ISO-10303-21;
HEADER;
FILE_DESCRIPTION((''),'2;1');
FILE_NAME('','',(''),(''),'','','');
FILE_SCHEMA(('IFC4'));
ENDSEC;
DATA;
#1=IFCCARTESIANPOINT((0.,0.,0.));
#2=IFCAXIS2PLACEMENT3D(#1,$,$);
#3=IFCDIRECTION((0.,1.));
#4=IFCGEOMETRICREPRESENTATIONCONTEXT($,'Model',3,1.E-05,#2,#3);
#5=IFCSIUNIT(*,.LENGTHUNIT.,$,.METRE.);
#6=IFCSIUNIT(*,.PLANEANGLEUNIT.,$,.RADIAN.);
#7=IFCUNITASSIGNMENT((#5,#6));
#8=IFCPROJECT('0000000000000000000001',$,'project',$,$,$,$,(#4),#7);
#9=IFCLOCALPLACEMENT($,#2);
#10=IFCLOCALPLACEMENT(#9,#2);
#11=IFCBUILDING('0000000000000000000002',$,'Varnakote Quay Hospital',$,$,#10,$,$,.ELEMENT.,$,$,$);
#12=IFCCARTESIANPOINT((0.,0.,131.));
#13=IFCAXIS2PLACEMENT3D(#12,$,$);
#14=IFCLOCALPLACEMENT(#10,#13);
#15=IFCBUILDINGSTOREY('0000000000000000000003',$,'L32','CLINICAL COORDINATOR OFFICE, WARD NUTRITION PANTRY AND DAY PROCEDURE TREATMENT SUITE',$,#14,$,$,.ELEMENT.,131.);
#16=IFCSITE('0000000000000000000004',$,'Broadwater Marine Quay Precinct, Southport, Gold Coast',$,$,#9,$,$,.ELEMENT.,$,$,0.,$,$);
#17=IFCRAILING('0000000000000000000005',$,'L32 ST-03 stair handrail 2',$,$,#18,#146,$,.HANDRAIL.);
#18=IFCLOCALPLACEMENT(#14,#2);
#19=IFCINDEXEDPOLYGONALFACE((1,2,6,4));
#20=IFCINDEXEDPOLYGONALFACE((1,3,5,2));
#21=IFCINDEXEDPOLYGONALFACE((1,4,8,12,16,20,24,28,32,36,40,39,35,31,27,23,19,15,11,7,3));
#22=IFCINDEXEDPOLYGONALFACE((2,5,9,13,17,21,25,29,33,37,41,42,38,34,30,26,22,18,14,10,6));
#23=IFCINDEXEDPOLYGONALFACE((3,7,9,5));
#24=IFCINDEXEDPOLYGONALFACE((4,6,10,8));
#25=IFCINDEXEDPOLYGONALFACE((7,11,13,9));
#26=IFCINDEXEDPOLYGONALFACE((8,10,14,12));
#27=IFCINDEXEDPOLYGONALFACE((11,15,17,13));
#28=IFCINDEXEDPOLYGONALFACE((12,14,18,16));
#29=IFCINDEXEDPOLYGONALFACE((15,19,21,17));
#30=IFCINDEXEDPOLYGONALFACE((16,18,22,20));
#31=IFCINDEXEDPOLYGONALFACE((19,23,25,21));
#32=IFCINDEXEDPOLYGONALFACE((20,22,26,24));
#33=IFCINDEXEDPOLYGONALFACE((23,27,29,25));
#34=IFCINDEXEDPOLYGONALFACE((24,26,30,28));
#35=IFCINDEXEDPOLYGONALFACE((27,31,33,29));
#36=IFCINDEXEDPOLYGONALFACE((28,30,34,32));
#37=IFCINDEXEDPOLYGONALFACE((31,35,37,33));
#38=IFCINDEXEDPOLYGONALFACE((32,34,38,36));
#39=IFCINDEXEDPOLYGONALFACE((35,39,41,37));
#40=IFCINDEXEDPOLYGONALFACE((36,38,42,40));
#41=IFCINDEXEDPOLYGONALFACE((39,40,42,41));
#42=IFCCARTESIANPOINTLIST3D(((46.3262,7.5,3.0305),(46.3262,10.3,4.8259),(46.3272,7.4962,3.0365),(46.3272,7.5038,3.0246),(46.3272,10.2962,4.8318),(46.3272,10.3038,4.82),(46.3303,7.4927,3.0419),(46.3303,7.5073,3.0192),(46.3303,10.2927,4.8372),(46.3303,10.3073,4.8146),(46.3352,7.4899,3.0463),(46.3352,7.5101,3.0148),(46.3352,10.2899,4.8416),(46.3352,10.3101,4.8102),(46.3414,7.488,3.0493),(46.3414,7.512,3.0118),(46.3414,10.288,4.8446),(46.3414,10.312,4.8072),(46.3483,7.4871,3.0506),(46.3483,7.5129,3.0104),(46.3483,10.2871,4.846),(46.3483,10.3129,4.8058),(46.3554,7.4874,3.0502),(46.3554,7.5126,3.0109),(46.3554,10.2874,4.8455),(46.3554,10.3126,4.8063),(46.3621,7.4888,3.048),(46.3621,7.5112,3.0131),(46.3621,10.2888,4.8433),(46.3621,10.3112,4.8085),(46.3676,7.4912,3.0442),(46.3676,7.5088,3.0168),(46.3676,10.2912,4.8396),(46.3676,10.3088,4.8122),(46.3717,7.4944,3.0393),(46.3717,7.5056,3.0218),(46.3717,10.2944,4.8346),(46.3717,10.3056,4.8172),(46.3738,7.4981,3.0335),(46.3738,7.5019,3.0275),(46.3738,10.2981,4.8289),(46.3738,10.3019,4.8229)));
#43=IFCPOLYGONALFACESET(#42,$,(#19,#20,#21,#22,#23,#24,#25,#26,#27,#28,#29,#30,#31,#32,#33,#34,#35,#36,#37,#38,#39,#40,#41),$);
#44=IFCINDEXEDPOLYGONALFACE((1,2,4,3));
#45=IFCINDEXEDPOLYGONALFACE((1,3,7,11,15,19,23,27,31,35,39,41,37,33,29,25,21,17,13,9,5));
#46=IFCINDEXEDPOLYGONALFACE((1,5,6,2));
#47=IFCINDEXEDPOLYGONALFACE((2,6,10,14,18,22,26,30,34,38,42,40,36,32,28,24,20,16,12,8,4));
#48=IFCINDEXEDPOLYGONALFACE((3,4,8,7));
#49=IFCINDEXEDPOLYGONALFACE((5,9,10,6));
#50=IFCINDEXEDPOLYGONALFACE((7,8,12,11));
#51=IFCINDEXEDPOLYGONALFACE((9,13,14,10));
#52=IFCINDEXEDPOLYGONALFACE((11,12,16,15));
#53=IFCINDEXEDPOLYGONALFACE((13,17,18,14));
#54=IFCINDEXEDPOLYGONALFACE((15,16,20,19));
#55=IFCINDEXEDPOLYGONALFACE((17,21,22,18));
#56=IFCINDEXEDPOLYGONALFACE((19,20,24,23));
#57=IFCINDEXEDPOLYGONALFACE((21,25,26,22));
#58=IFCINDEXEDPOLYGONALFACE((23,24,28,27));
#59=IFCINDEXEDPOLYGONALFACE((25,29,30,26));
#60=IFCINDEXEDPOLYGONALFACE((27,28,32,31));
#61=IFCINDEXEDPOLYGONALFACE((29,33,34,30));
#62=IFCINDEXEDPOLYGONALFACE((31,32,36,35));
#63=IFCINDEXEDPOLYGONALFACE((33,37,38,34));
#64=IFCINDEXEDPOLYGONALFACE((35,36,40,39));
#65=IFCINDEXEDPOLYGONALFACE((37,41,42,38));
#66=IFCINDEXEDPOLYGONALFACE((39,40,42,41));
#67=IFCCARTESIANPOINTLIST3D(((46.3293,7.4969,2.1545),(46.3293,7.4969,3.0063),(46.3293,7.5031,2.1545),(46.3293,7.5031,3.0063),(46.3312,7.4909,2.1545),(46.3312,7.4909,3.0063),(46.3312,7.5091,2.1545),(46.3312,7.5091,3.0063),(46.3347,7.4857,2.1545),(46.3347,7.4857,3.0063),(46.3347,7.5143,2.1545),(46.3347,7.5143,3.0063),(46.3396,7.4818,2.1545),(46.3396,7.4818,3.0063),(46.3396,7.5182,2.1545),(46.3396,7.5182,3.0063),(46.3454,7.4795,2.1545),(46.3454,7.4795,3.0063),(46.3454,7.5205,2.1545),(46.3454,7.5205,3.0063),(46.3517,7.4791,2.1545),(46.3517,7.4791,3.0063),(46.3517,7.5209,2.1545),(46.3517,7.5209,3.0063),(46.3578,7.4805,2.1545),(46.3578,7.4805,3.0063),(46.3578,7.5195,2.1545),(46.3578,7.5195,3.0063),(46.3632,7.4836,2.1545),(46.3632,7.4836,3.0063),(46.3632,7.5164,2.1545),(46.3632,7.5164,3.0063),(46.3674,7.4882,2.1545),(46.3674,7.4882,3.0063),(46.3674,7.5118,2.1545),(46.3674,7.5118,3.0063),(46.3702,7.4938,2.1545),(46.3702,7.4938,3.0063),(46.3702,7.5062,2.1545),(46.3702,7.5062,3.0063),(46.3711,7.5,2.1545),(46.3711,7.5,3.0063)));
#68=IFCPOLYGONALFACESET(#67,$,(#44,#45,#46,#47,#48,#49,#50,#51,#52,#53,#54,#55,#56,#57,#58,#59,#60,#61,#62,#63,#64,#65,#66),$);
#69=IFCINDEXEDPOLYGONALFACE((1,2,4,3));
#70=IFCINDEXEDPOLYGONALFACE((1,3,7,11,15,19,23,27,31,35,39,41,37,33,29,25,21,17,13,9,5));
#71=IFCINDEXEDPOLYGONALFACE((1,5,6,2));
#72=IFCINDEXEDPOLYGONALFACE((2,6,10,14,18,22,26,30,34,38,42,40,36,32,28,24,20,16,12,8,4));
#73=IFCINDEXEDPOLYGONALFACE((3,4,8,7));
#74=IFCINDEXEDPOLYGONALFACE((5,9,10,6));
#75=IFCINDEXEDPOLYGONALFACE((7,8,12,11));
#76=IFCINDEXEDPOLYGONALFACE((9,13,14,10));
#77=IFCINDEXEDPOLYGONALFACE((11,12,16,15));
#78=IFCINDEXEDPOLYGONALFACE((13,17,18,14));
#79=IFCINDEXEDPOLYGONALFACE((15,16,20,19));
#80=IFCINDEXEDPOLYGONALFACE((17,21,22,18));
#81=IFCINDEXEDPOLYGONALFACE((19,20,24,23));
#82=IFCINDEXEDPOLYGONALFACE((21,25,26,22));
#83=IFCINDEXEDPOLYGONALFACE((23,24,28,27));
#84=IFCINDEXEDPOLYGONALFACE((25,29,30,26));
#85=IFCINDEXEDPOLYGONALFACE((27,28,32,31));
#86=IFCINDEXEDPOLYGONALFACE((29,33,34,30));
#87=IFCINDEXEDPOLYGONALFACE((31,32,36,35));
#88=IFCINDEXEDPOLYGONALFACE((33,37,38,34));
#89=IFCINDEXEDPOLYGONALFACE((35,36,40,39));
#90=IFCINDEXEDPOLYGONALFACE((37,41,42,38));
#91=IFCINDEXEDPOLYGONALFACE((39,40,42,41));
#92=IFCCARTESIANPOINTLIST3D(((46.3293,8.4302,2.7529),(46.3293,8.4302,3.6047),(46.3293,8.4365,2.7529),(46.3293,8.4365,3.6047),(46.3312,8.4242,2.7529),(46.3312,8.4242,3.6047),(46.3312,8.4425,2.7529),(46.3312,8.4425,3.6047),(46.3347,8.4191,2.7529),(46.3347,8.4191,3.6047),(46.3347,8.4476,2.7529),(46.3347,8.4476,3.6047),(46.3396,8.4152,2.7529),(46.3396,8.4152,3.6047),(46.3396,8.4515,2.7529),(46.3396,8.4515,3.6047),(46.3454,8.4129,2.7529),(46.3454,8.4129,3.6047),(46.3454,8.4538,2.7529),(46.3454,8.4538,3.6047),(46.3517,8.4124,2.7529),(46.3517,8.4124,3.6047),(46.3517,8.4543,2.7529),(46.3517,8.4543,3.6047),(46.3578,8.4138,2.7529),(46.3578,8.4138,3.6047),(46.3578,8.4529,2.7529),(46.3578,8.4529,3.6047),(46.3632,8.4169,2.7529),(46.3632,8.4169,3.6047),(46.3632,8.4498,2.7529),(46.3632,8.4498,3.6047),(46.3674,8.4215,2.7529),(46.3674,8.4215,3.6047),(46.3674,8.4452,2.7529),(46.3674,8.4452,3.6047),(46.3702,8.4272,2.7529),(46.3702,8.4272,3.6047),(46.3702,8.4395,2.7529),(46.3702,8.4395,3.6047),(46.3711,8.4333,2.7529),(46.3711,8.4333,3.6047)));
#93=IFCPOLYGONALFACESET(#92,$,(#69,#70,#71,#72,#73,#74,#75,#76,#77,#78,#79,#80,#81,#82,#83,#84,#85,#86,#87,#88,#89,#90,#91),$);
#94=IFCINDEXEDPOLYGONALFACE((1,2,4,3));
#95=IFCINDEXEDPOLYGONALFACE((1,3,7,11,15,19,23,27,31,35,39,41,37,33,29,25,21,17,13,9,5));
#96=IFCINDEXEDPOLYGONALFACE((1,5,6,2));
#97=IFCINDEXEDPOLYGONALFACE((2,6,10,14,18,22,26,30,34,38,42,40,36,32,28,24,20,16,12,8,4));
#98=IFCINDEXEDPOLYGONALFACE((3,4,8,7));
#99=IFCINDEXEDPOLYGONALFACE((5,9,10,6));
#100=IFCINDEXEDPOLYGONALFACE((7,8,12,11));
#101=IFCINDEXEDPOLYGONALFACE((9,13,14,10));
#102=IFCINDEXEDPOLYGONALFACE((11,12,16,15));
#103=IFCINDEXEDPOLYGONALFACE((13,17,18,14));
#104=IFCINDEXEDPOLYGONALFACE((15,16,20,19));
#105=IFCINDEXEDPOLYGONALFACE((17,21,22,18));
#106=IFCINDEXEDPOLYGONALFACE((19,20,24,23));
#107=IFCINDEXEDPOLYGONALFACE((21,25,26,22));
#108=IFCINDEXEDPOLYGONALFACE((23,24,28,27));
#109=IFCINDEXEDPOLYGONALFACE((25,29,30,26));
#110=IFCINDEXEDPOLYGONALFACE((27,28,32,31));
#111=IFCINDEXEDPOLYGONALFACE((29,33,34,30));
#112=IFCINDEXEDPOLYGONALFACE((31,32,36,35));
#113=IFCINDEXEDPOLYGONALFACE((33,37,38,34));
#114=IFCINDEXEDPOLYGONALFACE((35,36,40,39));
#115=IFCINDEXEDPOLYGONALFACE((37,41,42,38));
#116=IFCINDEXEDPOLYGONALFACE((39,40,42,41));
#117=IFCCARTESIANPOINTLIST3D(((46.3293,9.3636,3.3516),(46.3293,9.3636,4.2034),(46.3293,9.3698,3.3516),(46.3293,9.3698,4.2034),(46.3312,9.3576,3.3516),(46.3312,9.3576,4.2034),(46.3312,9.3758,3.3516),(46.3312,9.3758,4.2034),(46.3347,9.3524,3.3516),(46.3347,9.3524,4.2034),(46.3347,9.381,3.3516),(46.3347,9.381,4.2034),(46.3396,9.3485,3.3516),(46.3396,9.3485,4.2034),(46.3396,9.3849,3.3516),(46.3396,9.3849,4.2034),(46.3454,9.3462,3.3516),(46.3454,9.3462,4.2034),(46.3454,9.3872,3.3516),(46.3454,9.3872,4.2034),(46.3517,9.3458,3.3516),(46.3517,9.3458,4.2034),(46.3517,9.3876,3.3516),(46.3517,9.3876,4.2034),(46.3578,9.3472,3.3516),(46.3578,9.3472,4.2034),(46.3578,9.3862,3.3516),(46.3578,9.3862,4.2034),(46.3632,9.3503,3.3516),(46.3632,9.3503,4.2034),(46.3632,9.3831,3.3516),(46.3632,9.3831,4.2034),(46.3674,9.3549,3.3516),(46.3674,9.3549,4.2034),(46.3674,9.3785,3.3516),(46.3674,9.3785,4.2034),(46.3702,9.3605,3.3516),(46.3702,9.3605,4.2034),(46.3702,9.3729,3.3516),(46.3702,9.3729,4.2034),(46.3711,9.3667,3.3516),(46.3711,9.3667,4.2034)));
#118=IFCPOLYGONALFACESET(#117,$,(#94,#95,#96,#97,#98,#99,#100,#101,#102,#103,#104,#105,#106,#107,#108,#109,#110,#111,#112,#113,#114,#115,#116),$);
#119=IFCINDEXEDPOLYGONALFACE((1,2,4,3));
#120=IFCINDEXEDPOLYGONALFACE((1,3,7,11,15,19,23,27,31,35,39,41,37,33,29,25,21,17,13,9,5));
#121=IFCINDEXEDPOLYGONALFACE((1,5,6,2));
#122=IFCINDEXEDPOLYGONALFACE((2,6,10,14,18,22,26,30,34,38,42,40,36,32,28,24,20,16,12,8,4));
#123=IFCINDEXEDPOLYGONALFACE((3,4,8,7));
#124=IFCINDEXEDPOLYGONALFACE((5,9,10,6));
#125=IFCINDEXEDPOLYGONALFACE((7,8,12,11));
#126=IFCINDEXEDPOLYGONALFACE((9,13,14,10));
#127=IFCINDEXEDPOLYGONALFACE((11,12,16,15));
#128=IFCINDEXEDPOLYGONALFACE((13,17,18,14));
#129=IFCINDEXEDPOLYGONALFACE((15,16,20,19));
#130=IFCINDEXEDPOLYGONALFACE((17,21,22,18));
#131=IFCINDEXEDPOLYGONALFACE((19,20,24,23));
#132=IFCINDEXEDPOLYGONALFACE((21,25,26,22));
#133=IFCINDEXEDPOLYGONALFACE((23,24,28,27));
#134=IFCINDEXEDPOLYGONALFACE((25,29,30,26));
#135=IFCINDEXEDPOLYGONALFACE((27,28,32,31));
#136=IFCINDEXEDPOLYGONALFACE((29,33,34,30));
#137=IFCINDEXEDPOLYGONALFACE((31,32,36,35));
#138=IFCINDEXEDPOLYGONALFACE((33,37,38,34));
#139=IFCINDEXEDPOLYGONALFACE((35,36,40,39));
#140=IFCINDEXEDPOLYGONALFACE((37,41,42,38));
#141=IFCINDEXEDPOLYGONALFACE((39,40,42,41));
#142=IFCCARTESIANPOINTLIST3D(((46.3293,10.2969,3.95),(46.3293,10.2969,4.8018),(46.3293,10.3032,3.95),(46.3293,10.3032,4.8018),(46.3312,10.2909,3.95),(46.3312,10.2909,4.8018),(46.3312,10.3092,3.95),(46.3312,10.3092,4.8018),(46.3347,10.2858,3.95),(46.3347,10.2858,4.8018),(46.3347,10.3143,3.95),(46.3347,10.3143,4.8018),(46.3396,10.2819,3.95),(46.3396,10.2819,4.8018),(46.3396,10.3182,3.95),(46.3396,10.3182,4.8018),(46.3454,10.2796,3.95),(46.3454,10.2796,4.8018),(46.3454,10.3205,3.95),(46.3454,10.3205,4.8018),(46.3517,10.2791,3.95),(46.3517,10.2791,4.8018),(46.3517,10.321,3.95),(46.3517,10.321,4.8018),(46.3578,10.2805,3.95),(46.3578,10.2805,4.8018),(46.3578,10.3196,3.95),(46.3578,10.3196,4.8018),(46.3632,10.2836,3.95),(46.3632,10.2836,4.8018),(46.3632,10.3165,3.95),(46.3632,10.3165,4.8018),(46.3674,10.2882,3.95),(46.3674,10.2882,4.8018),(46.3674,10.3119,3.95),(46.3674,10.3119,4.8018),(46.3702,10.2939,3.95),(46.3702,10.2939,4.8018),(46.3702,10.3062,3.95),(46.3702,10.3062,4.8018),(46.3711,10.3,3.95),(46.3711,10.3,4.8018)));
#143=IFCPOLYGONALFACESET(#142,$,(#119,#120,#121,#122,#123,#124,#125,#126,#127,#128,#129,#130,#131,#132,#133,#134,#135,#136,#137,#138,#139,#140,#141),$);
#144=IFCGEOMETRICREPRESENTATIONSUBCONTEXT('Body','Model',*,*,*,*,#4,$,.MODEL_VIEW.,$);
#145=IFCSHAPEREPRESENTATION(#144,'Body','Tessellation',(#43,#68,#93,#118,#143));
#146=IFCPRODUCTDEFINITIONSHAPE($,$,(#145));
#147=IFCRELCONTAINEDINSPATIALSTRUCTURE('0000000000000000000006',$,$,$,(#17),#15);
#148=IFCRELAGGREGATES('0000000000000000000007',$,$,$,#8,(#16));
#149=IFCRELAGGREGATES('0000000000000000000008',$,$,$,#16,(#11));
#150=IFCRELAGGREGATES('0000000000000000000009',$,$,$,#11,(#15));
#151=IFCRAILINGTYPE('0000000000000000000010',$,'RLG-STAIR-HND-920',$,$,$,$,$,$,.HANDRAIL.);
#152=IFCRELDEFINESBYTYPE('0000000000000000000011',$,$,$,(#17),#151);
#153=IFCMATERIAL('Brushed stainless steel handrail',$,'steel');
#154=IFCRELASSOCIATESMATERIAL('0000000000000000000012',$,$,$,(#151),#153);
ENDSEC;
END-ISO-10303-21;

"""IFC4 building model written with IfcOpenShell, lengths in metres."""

from ifc_helpers import new_model, si_unit, direction, frame, origin, origin_2d, place, context, subcontext, project, spatial, circle, extrude, material, type_object, element, save


model = new_model("IFC4")

# Units and contexts
model_context = context("Model", 3, precision=1e-05, world=origin(), true_north=direction((0.0, 1.0)))
body_context = subcontext(model_context, "Body", "Model", "MODEL_VIEW")
ifc_project = project(units=[si_unit("LENGTHUNIT", "METRE"), si_unit("PLANEANGLEUNIT", "RADIAN")], contexts=[model_context])

# Site, building, storey
site_placement = place(None, origin())
site = spatial("IfcSite", under=ifc_project, at=site_placement, Name="Broadwater Marine Quay Precinct, Southport, Gold Coast", CompositionType="ELEMENT", RefElevation=0.0)
building_placement = place(site_placement, origin())
building = spatial("IfcBuilding", under=site, at=building_placement, Name="Varnakote Quay Hospital", CompositionType="ELEMENT")
storey_placement = place(building_placement, frame((0.0, 0.0, 131.0)))
storey = spatial("IfcBuildingStorey", under=building, at=storey_placement, Name="L32", Description="CLINICAL COORDINATOR OFFICE, WARD NUTRITION PANTRY AND DAY PROCEDURE TREATMENT SUITE", CompositionType="ELEMENT", Elevation=131.0)

# Railing
ifc_material_1 = material(Name="Brushed stainless steel handrail", Category="steel")
railing_type_1 = type_object("IfcRailingType", Name="RLG-STAIR-HND-920", PredefinedType="HANDRAIL", material=ifc_material_1)
railing_1_placement = place(storey_placement, frame((46.3501, 7.5, 2.1545)))
element("IfcRailing", 1, at=railing_1_placement, inside=storey, type_object=railing_type_1, Name="L32 ST-03 stair handrail 2", PredefinedType="HANDRAIL", context=body_context, shape_type="SweptSolid", body=[
    extrude(circle(Radius=0.0239, at=origin_2d()), frame((0.0, 0.0, 0.876), z_axis=(0.0, 0.84181, 0.539774), x_axis=(-1.0, 0.0, 0.0)), (0.0, 0.0, 1.0), 3.3262),
    extrude(circle(Radius=0.021, at=origin_2d()), origin(), (0.0, 0.0, 1.0), 0.8518),
    extrude(circle(Radius=0.021, at=origin_2d()), frame((0.0, 0.9333, 0.5984)), (0.0, 0.0, 1.0), 0.8518),
    extrude(circle(Radius=0.021, at=origin_2d()), frame((0.0, 1.8667, 1.197)), (0.0, 0.0, 1.0), 0.8518),
    extrude(circle(Radius=0.021, at=origin_2d()), frame((0.0, 2.8, 1.7954)), (0.0, 0.0, 1.0), 0.8518),
])

save(model, "model.ifc")
